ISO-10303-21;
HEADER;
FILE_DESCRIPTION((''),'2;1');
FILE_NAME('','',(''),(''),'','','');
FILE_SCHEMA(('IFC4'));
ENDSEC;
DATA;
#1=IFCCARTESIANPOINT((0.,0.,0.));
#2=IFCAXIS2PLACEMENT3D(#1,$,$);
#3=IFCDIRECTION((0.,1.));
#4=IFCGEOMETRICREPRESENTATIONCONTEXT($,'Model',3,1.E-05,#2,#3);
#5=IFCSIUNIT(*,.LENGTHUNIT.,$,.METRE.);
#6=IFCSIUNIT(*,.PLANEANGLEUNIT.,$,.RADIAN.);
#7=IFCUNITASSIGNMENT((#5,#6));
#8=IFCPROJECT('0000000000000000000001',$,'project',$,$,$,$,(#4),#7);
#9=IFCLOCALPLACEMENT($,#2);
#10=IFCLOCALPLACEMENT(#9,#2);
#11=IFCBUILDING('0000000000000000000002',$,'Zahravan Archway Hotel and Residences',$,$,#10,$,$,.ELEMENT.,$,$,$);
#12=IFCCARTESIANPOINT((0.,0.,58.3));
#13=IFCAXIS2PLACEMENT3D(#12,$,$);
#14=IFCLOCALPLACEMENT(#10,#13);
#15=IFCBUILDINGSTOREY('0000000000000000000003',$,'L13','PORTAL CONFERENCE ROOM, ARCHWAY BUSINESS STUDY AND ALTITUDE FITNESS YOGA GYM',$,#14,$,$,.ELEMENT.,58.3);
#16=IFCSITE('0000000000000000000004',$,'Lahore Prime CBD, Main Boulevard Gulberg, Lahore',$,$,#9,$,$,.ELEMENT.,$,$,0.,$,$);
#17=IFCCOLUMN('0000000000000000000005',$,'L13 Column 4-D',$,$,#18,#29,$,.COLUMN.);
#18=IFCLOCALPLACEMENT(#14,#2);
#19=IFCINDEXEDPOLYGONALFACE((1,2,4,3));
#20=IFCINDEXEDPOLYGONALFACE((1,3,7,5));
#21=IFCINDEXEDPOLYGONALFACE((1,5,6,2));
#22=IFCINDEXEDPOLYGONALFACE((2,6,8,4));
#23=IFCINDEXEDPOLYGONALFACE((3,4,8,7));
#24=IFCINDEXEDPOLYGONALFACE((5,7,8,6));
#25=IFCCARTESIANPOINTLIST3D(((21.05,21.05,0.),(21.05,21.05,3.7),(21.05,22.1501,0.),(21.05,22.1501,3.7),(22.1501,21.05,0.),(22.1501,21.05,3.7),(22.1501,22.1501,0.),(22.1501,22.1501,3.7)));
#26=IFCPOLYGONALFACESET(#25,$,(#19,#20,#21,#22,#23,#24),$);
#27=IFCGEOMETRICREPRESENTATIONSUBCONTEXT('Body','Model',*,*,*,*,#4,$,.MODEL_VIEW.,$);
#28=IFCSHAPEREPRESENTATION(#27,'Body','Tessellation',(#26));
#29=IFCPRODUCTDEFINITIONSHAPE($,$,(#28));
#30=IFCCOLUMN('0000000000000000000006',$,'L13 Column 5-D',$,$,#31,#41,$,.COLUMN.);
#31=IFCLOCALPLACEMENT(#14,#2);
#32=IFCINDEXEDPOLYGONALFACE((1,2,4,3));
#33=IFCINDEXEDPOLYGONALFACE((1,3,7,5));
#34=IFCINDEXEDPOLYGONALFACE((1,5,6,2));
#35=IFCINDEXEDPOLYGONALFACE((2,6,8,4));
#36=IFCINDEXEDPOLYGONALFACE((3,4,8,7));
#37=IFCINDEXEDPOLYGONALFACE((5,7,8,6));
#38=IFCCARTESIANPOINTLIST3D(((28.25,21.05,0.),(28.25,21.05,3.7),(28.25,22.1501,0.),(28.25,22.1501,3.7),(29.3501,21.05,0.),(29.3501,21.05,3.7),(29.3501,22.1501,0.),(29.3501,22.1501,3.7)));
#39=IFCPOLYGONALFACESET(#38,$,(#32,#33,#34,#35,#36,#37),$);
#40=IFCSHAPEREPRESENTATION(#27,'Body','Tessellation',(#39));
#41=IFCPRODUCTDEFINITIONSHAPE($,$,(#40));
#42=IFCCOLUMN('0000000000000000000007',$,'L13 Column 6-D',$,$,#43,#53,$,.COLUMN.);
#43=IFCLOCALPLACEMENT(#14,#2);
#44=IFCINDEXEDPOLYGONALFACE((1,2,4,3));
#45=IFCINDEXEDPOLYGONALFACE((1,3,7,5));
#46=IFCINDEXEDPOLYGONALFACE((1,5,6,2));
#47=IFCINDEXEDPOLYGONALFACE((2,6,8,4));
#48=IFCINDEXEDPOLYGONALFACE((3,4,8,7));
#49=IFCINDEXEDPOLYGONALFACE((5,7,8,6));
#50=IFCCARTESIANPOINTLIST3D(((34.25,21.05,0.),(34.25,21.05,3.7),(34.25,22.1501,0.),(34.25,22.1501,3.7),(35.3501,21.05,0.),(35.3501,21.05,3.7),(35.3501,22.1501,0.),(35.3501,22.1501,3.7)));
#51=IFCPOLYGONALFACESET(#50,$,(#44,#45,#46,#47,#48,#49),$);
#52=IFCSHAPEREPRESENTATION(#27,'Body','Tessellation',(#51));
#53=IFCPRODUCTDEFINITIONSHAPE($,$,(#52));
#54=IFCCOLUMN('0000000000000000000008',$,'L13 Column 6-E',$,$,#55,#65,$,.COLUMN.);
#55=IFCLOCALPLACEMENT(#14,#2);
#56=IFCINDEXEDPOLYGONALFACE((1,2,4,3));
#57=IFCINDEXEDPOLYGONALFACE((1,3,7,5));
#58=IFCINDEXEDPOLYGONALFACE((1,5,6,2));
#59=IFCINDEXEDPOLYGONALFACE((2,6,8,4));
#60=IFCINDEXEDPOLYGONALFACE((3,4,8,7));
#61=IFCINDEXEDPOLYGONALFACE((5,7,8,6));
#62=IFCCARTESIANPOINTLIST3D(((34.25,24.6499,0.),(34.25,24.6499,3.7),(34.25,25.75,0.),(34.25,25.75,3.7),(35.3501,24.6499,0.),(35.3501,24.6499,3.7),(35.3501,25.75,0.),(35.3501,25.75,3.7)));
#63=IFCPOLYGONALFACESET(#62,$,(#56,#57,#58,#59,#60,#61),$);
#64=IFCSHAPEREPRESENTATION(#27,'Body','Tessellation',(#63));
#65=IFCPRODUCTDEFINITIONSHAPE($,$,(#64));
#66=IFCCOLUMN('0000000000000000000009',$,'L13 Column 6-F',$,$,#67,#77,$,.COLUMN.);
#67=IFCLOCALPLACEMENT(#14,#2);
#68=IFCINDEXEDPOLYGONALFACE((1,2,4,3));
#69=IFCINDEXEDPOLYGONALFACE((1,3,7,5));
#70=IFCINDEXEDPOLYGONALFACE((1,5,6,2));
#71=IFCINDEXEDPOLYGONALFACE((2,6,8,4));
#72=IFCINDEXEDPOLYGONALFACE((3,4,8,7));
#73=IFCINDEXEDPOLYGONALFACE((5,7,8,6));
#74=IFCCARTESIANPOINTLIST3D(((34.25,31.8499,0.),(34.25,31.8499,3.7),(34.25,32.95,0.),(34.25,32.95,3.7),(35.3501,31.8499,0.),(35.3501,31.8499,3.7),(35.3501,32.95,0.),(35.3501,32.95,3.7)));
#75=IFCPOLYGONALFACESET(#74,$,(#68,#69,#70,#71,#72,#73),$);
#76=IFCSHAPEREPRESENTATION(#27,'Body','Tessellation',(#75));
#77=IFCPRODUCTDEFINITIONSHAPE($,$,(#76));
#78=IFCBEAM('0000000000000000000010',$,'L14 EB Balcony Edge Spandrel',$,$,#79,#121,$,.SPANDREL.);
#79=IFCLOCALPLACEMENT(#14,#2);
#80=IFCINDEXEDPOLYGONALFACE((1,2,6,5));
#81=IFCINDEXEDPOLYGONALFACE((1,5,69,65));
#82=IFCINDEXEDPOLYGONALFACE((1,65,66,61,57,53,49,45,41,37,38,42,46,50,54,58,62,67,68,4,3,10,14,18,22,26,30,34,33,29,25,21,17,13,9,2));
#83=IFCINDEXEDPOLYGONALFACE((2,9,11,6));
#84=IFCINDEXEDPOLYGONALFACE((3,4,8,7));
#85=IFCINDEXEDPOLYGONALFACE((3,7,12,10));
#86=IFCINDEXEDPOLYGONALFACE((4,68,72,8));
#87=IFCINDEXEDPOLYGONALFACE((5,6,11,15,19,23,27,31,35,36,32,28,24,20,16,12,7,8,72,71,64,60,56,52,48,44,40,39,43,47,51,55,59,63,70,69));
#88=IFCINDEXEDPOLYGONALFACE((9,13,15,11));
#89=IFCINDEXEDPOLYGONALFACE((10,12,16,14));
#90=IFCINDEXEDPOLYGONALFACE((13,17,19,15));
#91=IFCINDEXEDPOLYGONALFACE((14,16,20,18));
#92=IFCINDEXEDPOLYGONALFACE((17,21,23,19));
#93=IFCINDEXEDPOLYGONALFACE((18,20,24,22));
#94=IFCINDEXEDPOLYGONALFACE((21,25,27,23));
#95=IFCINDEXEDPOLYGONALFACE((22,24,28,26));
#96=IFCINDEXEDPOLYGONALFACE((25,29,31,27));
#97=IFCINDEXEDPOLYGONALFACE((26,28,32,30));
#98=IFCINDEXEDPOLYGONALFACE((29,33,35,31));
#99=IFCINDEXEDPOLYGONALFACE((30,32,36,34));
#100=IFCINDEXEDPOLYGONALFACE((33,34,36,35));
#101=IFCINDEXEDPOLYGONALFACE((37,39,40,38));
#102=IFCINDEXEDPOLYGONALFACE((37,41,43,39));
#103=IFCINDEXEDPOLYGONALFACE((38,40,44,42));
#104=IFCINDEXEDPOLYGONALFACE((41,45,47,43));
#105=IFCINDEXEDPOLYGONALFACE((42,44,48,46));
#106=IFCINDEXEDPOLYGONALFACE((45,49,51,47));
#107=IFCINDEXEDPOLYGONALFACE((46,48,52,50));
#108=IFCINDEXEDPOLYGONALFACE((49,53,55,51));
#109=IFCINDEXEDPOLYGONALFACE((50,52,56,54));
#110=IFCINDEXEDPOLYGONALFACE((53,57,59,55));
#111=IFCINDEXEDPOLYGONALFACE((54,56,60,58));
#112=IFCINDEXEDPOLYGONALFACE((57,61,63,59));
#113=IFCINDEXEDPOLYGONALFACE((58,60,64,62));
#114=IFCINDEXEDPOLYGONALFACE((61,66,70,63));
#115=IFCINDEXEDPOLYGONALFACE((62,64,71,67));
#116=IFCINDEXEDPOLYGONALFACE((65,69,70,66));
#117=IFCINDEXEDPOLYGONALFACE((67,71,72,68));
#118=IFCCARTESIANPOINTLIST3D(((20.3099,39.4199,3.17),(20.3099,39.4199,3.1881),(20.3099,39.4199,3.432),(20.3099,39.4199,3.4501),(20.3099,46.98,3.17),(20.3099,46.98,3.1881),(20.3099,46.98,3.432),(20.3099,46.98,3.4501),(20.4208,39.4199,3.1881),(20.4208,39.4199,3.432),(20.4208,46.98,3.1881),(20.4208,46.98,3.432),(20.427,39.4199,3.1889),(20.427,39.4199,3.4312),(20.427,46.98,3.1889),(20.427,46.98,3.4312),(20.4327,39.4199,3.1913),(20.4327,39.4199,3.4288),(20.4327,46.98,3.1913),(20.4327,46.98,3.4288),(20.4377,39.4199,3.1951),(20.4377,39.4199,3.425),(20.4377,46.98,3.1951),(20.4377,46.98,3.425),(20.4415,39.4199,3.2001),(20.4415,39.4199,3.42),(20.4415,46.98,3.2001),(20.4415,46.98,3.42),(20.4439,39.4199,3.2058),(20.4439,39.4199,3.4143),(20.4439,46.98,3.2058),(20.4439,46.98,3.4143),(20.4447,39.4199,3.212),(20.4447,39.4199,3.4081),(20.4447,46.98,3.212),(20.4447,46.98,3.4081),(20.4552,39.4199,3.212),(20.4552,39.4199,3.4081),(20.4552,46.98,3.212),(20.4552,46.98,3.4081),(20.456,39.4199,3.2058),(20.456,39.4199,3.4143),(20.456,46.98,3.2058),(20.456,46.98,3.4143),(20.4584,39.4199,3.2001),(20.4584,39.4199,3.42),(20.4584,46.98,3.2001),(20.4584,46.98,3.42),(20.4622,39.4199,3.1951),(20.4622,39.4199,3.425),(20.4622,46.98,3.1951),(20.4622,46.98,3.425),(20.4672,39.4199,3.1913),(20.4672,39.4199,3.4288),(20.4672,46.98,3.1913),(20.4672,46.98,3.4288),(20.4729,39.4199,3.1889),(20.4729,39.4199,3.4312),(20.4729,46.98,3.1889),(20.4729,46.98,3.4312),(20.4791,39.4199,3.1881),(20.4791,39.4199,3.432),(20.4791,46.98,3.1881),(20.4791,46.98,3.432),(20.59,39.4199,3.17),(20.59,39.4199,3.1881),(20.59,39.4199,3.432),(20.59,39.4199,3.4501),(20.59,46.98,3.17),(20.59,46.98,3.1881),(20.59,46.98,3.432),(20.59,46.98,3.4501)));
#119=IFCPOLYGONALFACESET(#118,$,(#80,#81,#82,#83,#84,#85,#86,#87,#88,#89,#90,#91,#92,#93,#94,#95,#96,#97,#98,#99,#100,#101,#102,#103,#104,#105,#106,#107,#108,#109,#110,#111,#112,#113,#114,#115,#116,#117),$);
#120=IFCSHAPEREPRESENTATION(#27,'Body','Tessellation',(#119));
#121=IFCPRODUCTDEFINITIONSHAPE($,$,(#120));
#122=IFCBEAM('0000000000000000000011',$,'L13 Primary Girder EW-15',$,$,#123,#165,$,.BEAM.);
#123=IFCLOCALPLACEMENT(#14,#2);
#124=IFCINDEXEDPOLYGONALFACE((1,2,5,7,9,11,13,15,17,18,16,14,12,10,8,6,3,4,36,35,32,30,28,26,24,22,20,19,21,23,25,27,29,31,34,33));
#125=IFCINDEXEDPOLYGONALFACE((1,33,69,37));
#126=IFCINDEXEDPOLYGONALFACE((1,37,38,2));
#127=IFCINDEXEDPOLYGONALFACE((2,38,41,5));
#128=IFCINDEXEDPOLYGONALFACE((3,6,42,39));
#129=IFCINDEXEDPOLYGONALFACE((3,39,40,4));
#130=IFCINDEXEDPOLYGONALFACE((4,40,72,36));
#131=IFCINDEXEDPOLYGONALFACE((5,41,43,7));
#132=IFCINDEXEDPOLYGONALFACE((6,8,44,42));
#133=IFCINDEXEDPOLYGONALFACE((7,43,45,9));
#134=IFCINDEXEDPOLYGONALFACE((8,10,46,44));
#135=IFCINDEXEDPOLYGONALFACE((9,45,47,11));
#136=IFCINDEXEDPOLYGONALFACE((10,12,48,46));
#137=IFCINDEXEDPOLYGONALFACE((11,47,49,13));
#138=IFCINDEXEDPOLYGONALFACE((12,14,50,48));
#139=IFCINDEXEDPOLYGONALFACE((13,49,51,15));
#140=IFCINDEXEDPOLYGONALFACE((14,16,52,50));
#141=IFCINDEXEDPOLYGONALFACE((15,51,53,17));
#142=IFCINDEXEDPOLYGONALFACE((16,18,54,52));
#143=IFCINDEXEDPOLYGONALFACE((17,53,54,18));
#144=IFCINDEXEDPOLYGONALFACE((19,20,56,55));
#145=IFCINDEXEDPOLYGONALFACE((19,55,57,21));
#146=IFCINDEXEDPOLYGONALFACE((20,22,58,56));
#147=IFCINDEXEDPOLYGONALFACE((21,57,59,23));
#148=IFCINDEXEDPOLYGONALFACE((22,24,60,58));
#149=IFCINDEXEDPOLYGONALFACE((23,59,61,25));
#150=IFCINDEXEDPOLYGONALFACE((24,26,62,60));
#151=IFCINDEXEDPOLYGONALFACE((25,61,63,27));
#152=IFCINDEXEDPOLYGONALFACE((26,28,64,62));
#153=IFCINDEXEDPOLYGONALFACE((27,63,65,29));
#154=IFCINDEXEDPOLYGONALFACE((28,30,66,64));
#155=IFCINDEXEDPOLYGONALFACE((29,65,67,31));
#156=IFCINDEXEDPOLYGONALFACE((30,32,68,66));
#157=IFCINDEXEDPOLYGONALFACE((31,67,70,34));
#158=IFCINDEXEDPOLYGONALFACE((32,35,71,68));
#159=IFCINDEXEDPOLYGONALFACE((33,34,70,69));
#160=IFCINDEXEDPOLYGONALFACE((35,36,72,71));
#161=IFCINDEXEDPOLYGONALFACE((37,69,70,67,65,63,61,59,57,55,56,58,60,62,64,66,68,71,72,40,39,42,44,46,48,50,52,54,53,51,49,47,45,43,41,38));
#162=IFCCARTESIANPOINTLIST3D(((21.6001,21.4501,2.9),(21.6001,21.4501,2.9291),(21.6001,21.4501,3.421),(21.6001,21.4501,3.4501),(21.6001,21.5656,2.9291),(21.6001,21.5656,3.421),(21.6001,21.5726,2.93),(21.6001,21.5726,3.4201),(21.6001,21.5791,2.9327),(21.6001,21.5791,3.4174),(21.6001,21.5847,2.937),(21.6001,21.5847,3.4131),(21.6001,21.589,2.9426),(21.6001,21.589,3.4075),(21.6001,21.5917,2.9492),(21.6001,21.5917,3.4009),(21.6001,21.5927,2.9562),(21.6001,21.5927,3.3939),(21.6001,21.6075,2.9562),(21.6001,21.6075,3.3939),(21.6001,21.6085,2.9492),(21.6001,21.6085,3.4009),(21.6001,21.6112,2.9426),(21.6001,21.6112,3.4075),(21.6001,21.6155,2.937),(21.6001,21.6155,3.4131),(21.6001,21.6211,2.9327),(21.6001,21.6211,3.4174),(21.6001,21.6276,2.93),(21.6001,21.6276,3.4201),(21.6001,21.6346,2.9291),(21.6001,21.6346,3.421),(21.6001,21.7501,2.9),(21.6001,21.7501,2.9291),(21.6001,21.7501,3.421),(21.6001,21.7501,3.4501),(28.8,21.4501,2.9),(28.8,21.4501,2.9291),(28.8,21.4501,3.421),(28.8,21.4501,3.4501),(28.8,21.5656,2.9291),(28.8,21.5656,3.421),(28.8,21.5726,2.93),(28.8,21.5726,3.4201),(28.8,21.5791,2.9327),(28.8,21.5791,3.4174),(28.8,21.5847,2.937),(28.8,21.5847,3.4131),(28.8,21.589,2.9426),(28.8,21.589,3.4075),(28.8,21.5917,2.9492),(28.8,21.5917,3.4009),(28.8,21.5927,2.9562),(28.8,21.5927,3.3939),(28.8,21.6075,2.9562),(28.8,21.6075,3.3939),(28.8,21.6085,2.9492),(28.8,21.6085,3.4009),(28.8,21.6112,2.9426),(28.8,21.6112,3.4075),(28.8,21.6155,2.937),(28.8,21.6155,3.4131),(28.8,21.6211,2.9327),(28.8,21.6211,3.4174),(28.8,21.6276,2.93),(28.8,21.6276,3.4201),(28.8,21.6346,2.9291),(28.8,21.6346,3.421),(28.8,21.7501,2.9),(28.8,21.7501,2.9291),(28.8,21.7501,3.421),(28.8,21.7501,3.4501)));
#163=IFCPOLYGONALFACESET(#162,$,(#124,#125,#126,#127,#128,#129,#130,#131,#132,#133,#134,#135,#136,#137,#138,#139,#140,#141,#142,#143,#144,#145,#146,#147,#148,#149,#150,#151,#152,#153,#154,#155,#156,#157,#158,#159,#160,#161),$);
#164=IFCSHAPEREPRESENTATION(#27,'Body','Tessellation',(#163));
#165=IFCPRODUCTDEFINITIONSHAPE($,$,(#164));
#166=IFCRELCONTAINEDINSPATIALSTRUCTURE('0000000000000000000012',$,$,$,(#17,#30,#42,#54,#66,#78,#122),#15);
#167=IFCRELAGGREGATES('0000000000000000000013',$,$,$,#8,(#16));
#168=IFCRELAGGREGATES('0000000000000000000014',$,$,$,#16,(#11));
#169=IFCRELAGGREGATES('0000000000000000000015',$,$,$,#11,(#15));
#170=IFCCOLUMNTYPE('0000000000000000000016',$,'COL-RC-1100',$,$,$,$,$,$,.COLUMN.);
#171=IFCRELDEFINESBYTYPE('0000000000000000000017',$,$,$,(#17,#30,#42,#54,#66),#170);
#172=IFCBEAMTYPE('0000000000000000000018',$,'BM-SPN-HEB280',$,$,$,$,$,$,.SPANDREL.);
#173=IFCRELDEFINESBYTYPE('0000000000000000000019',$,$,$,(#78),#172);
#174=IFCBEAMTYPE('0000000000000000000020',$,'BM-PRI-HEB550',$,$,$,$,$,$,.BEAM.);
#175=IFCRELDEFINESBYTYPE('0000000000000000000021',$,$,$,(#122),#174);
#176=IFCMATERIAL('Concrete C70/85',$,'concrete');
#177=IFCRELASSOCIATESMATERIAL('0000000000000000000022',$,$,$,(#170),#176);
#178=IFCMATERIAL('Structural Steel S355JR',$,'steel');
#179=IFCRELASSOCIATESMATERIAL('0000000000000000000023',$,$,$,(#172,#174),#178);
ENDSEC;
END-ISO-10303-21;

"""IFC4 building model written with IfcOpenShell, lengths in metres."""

from ifc_helpers import new_model, si_unit, direction, frame, origin, origin_2d, place, context, subcontext, project, spatial, rectangle, i_section, extrude, source, transform, mapped, material, material_profile, profile_set, type_object, type_shapes, element, save


model = new_model("IFC4")

# Units and contexts
model_context = context("Model", 3, precision=1e-05, world=origin(), true_north=direction((0.0, 1.0)))
body_context = subcontext(model_context, "Body", "Model", "MODEL_VIEW")
ifc_project = project(units=[si_unit("LENGTHUNIT", "METRE"), si_unit("PLANEANGLEUNIT", "RADIAN")], contexts=[model_context])

# Site, building, storey
site_placement = place(None, origin())
site = spatial("IfcSite", under=ifc_project, at=site_placement, Name="Lahore Prime CBD, Main Boulevard Gulberg, Lahore", CompositionType="ELEMENT", RefElevation=0.0)
building_placement = place(site_placement, origin())
building = spatial("IfcBuilding", under=site, at=building_placement, Name="Zahravan Archway Hotel and Residences", CompositionType="ELEMENT")
storey_placement = place(building_placement, frame((0.0, 0.0, 58.3)))
storey = spatial("IfcBuildingStorey", under=building, at=storey_placement, Name="L13", Description="PORTAL CONFERENCE ROOM, ARCHWAY BUSINESS STUDY AND ALTITUDE FITNESS YOGA GYM", CompositionType="ELEMENT", Elevation=58.3)

# Columns
ifc_material_1 = material(Name="Concrete C70/85", Category="concrete")
ifc_material_profile_1 = material_profile(ifc_material_1, rectangle(XDim=1.1001, YDim=1.1001, at=origin_2d()), Name="RC 1100x1100", Category="concrete")
ifc_profile_set_1 = profile_set([ifc_material_profile_1], Name="Concrete C70/85")
column_type = type_object("IfcColumnType", Name="COL-RC-1100", PredefinedType="COLUMN", material=ifc_profile_set_1)
shared_shape_1 = source(origin(), body_context, "Body", "SweptSolid", [
    extrude(rectangle(XDim=1.1001, YDim=1.1001, at=origin_2d()), origin(), (0.0, 0.0, 1.0), 3.7),
])
for number, where, z_axis, x_axis, name in (
    (1, (21.6001, 21.6001, 0.0), (0.0, 0.0, 1.0), (1.0, 0.0, 0.0), "L13 Column 4-D"),
    (2, (28.8, 21.6001, 0.0), (0.0, 0.0, 1.0), (1.0, 0.0, 0.0), "L13 Column 5-D"),
    (3, (34.8, 21.6001, 0.0), (0.0, 0.0, 1.0), (1.0, 0.0, 0.0), "L13 Column 6-D"),
    (4, (34.8, 25.2, 0.0), (0.0, 0.0, 1.0), (1.0, 0.0, 0.0), "L13 Column 6-E"),
    (5, (34.8, 32.3999, 0.0), (0.0, 0.0, 1.0), (1.0, 0.0, 0.0), "L13 Column 6-F"),
):
    element("IfcColumn", number, at=place(storey_placement, frame(where, z_axis=z_axis, x_axis=x_axis)), inside=storey, type_object=column_type, Name=name, PredefinedType="COLUMN", context=body_context, shape_type="MappedRepresentation", body=[
        mapped(shared_shape_1, transform((0.0, 0.0, 0.0), scale=1.0)),
    ])

# Beams
ifc_material_2 = material(Name="Structural Steel S355JR", Category="steel")
ifc_material_profile_2 = material_profile(ifc_material_2, i_section(OverallWidth=0.28, OverallDepth=0.28, WebThickness=0.0105, FlangeThickness=0.0181, FilletRadius=0.0239, at=origin_2d()), Name="HEB 280", Category="steel")
ifc_profile_set_2 = profile_set([ifc_material_profile_2], Name="Structural Steel S355JR")
beam_type_1 = type_object("IfcBeamType", Name="BM-SPN-HEB280", PredefinedType="SPANDREL", material=ifc_profile_set_2)
shared_shape_2 = source(origin(), body_context, "Body", "SweptSolid", [
    extrude(i_section(OverallWidth=0.28, OverallDepth=0.28, WebThickness=0.0105, FlangeThickness=0.0181, FilletRadius=0.0239, at=origin_2d()), origin(), (0.0, 0.0, 1.0), 7.5601),
])
type_shapes(beam_type_1, [shared_shape_2])
beam_1_placement = place(storey_placement, frame((20.45, 39.4199, 3.3101), z_axis=(0.0, 1.0, 0.0), x_axis=(-1.0, 0.0, 0.0)))
element("IfcBeam", 6, at=beam_1_placement, inside=storey, type_object=beam_type_1, Name="L14 EB Balcony Edge Spandrel", PredefinedType="SPANDREL", context=body_context, shape_type="MappedRepresentation", body=[
    mapped(shared_shape_2, transform((0.0, 0.0, 0.0), scale=1.0)),
])
ifc_material_profile_3 = material_profile(ifc_material_2, i_section(OverallWidth=0.3, OverallDepth=0.55, WebThickness=0.0149, FlangeThickness=0.0291, FilletRadius=0.0271, at=origin_2d()), Name="HEB 550", Category="steel")
ifc_profile_set_3 = profile_set([ifc_material_profile_3], Name="Structural Steel S355JR")
beam_type_2 = type_object("IfcBeamType", Name="BM-PRI-HEB550", PredefinedType="BEAM", material=ifc_profile_set_3)
shared_shape_3 = source(origin(), body_context, "Body", "SweptSolid", [
    extrude(i_section(OverallWidth=0.3, OverallDepth=0.55, WebThickness=0.0149, FlangeThickness=0.0291, FilletRadius=0.0271, at=origin_2d()), origin(), (0.0, 0.0, 1.0), 7.2),
])
for number, where, z_axis, x_axis, name in (
    (7, (21.6001, 21.6001, 3.175), (1.0, 0.0, 0.0), (0.0, 1.0, 0.0), "L13 Primary Girder EW-15"),
):
    element("IfcBeam", number, at=place(storey_placement, frame(where, z_axis=z_axis, x_axis=x_axis)), inside=storey, type_object=beam_type_2, Name=name, PredefinedType="BEAM", context=body_context, shape_type="MappedRepresentation", body=[
        mapped(shared_shape_3, transform((0.0, 0.0, 0.0), scale=1.0)),
    ])

save(model, "model.ifc")
